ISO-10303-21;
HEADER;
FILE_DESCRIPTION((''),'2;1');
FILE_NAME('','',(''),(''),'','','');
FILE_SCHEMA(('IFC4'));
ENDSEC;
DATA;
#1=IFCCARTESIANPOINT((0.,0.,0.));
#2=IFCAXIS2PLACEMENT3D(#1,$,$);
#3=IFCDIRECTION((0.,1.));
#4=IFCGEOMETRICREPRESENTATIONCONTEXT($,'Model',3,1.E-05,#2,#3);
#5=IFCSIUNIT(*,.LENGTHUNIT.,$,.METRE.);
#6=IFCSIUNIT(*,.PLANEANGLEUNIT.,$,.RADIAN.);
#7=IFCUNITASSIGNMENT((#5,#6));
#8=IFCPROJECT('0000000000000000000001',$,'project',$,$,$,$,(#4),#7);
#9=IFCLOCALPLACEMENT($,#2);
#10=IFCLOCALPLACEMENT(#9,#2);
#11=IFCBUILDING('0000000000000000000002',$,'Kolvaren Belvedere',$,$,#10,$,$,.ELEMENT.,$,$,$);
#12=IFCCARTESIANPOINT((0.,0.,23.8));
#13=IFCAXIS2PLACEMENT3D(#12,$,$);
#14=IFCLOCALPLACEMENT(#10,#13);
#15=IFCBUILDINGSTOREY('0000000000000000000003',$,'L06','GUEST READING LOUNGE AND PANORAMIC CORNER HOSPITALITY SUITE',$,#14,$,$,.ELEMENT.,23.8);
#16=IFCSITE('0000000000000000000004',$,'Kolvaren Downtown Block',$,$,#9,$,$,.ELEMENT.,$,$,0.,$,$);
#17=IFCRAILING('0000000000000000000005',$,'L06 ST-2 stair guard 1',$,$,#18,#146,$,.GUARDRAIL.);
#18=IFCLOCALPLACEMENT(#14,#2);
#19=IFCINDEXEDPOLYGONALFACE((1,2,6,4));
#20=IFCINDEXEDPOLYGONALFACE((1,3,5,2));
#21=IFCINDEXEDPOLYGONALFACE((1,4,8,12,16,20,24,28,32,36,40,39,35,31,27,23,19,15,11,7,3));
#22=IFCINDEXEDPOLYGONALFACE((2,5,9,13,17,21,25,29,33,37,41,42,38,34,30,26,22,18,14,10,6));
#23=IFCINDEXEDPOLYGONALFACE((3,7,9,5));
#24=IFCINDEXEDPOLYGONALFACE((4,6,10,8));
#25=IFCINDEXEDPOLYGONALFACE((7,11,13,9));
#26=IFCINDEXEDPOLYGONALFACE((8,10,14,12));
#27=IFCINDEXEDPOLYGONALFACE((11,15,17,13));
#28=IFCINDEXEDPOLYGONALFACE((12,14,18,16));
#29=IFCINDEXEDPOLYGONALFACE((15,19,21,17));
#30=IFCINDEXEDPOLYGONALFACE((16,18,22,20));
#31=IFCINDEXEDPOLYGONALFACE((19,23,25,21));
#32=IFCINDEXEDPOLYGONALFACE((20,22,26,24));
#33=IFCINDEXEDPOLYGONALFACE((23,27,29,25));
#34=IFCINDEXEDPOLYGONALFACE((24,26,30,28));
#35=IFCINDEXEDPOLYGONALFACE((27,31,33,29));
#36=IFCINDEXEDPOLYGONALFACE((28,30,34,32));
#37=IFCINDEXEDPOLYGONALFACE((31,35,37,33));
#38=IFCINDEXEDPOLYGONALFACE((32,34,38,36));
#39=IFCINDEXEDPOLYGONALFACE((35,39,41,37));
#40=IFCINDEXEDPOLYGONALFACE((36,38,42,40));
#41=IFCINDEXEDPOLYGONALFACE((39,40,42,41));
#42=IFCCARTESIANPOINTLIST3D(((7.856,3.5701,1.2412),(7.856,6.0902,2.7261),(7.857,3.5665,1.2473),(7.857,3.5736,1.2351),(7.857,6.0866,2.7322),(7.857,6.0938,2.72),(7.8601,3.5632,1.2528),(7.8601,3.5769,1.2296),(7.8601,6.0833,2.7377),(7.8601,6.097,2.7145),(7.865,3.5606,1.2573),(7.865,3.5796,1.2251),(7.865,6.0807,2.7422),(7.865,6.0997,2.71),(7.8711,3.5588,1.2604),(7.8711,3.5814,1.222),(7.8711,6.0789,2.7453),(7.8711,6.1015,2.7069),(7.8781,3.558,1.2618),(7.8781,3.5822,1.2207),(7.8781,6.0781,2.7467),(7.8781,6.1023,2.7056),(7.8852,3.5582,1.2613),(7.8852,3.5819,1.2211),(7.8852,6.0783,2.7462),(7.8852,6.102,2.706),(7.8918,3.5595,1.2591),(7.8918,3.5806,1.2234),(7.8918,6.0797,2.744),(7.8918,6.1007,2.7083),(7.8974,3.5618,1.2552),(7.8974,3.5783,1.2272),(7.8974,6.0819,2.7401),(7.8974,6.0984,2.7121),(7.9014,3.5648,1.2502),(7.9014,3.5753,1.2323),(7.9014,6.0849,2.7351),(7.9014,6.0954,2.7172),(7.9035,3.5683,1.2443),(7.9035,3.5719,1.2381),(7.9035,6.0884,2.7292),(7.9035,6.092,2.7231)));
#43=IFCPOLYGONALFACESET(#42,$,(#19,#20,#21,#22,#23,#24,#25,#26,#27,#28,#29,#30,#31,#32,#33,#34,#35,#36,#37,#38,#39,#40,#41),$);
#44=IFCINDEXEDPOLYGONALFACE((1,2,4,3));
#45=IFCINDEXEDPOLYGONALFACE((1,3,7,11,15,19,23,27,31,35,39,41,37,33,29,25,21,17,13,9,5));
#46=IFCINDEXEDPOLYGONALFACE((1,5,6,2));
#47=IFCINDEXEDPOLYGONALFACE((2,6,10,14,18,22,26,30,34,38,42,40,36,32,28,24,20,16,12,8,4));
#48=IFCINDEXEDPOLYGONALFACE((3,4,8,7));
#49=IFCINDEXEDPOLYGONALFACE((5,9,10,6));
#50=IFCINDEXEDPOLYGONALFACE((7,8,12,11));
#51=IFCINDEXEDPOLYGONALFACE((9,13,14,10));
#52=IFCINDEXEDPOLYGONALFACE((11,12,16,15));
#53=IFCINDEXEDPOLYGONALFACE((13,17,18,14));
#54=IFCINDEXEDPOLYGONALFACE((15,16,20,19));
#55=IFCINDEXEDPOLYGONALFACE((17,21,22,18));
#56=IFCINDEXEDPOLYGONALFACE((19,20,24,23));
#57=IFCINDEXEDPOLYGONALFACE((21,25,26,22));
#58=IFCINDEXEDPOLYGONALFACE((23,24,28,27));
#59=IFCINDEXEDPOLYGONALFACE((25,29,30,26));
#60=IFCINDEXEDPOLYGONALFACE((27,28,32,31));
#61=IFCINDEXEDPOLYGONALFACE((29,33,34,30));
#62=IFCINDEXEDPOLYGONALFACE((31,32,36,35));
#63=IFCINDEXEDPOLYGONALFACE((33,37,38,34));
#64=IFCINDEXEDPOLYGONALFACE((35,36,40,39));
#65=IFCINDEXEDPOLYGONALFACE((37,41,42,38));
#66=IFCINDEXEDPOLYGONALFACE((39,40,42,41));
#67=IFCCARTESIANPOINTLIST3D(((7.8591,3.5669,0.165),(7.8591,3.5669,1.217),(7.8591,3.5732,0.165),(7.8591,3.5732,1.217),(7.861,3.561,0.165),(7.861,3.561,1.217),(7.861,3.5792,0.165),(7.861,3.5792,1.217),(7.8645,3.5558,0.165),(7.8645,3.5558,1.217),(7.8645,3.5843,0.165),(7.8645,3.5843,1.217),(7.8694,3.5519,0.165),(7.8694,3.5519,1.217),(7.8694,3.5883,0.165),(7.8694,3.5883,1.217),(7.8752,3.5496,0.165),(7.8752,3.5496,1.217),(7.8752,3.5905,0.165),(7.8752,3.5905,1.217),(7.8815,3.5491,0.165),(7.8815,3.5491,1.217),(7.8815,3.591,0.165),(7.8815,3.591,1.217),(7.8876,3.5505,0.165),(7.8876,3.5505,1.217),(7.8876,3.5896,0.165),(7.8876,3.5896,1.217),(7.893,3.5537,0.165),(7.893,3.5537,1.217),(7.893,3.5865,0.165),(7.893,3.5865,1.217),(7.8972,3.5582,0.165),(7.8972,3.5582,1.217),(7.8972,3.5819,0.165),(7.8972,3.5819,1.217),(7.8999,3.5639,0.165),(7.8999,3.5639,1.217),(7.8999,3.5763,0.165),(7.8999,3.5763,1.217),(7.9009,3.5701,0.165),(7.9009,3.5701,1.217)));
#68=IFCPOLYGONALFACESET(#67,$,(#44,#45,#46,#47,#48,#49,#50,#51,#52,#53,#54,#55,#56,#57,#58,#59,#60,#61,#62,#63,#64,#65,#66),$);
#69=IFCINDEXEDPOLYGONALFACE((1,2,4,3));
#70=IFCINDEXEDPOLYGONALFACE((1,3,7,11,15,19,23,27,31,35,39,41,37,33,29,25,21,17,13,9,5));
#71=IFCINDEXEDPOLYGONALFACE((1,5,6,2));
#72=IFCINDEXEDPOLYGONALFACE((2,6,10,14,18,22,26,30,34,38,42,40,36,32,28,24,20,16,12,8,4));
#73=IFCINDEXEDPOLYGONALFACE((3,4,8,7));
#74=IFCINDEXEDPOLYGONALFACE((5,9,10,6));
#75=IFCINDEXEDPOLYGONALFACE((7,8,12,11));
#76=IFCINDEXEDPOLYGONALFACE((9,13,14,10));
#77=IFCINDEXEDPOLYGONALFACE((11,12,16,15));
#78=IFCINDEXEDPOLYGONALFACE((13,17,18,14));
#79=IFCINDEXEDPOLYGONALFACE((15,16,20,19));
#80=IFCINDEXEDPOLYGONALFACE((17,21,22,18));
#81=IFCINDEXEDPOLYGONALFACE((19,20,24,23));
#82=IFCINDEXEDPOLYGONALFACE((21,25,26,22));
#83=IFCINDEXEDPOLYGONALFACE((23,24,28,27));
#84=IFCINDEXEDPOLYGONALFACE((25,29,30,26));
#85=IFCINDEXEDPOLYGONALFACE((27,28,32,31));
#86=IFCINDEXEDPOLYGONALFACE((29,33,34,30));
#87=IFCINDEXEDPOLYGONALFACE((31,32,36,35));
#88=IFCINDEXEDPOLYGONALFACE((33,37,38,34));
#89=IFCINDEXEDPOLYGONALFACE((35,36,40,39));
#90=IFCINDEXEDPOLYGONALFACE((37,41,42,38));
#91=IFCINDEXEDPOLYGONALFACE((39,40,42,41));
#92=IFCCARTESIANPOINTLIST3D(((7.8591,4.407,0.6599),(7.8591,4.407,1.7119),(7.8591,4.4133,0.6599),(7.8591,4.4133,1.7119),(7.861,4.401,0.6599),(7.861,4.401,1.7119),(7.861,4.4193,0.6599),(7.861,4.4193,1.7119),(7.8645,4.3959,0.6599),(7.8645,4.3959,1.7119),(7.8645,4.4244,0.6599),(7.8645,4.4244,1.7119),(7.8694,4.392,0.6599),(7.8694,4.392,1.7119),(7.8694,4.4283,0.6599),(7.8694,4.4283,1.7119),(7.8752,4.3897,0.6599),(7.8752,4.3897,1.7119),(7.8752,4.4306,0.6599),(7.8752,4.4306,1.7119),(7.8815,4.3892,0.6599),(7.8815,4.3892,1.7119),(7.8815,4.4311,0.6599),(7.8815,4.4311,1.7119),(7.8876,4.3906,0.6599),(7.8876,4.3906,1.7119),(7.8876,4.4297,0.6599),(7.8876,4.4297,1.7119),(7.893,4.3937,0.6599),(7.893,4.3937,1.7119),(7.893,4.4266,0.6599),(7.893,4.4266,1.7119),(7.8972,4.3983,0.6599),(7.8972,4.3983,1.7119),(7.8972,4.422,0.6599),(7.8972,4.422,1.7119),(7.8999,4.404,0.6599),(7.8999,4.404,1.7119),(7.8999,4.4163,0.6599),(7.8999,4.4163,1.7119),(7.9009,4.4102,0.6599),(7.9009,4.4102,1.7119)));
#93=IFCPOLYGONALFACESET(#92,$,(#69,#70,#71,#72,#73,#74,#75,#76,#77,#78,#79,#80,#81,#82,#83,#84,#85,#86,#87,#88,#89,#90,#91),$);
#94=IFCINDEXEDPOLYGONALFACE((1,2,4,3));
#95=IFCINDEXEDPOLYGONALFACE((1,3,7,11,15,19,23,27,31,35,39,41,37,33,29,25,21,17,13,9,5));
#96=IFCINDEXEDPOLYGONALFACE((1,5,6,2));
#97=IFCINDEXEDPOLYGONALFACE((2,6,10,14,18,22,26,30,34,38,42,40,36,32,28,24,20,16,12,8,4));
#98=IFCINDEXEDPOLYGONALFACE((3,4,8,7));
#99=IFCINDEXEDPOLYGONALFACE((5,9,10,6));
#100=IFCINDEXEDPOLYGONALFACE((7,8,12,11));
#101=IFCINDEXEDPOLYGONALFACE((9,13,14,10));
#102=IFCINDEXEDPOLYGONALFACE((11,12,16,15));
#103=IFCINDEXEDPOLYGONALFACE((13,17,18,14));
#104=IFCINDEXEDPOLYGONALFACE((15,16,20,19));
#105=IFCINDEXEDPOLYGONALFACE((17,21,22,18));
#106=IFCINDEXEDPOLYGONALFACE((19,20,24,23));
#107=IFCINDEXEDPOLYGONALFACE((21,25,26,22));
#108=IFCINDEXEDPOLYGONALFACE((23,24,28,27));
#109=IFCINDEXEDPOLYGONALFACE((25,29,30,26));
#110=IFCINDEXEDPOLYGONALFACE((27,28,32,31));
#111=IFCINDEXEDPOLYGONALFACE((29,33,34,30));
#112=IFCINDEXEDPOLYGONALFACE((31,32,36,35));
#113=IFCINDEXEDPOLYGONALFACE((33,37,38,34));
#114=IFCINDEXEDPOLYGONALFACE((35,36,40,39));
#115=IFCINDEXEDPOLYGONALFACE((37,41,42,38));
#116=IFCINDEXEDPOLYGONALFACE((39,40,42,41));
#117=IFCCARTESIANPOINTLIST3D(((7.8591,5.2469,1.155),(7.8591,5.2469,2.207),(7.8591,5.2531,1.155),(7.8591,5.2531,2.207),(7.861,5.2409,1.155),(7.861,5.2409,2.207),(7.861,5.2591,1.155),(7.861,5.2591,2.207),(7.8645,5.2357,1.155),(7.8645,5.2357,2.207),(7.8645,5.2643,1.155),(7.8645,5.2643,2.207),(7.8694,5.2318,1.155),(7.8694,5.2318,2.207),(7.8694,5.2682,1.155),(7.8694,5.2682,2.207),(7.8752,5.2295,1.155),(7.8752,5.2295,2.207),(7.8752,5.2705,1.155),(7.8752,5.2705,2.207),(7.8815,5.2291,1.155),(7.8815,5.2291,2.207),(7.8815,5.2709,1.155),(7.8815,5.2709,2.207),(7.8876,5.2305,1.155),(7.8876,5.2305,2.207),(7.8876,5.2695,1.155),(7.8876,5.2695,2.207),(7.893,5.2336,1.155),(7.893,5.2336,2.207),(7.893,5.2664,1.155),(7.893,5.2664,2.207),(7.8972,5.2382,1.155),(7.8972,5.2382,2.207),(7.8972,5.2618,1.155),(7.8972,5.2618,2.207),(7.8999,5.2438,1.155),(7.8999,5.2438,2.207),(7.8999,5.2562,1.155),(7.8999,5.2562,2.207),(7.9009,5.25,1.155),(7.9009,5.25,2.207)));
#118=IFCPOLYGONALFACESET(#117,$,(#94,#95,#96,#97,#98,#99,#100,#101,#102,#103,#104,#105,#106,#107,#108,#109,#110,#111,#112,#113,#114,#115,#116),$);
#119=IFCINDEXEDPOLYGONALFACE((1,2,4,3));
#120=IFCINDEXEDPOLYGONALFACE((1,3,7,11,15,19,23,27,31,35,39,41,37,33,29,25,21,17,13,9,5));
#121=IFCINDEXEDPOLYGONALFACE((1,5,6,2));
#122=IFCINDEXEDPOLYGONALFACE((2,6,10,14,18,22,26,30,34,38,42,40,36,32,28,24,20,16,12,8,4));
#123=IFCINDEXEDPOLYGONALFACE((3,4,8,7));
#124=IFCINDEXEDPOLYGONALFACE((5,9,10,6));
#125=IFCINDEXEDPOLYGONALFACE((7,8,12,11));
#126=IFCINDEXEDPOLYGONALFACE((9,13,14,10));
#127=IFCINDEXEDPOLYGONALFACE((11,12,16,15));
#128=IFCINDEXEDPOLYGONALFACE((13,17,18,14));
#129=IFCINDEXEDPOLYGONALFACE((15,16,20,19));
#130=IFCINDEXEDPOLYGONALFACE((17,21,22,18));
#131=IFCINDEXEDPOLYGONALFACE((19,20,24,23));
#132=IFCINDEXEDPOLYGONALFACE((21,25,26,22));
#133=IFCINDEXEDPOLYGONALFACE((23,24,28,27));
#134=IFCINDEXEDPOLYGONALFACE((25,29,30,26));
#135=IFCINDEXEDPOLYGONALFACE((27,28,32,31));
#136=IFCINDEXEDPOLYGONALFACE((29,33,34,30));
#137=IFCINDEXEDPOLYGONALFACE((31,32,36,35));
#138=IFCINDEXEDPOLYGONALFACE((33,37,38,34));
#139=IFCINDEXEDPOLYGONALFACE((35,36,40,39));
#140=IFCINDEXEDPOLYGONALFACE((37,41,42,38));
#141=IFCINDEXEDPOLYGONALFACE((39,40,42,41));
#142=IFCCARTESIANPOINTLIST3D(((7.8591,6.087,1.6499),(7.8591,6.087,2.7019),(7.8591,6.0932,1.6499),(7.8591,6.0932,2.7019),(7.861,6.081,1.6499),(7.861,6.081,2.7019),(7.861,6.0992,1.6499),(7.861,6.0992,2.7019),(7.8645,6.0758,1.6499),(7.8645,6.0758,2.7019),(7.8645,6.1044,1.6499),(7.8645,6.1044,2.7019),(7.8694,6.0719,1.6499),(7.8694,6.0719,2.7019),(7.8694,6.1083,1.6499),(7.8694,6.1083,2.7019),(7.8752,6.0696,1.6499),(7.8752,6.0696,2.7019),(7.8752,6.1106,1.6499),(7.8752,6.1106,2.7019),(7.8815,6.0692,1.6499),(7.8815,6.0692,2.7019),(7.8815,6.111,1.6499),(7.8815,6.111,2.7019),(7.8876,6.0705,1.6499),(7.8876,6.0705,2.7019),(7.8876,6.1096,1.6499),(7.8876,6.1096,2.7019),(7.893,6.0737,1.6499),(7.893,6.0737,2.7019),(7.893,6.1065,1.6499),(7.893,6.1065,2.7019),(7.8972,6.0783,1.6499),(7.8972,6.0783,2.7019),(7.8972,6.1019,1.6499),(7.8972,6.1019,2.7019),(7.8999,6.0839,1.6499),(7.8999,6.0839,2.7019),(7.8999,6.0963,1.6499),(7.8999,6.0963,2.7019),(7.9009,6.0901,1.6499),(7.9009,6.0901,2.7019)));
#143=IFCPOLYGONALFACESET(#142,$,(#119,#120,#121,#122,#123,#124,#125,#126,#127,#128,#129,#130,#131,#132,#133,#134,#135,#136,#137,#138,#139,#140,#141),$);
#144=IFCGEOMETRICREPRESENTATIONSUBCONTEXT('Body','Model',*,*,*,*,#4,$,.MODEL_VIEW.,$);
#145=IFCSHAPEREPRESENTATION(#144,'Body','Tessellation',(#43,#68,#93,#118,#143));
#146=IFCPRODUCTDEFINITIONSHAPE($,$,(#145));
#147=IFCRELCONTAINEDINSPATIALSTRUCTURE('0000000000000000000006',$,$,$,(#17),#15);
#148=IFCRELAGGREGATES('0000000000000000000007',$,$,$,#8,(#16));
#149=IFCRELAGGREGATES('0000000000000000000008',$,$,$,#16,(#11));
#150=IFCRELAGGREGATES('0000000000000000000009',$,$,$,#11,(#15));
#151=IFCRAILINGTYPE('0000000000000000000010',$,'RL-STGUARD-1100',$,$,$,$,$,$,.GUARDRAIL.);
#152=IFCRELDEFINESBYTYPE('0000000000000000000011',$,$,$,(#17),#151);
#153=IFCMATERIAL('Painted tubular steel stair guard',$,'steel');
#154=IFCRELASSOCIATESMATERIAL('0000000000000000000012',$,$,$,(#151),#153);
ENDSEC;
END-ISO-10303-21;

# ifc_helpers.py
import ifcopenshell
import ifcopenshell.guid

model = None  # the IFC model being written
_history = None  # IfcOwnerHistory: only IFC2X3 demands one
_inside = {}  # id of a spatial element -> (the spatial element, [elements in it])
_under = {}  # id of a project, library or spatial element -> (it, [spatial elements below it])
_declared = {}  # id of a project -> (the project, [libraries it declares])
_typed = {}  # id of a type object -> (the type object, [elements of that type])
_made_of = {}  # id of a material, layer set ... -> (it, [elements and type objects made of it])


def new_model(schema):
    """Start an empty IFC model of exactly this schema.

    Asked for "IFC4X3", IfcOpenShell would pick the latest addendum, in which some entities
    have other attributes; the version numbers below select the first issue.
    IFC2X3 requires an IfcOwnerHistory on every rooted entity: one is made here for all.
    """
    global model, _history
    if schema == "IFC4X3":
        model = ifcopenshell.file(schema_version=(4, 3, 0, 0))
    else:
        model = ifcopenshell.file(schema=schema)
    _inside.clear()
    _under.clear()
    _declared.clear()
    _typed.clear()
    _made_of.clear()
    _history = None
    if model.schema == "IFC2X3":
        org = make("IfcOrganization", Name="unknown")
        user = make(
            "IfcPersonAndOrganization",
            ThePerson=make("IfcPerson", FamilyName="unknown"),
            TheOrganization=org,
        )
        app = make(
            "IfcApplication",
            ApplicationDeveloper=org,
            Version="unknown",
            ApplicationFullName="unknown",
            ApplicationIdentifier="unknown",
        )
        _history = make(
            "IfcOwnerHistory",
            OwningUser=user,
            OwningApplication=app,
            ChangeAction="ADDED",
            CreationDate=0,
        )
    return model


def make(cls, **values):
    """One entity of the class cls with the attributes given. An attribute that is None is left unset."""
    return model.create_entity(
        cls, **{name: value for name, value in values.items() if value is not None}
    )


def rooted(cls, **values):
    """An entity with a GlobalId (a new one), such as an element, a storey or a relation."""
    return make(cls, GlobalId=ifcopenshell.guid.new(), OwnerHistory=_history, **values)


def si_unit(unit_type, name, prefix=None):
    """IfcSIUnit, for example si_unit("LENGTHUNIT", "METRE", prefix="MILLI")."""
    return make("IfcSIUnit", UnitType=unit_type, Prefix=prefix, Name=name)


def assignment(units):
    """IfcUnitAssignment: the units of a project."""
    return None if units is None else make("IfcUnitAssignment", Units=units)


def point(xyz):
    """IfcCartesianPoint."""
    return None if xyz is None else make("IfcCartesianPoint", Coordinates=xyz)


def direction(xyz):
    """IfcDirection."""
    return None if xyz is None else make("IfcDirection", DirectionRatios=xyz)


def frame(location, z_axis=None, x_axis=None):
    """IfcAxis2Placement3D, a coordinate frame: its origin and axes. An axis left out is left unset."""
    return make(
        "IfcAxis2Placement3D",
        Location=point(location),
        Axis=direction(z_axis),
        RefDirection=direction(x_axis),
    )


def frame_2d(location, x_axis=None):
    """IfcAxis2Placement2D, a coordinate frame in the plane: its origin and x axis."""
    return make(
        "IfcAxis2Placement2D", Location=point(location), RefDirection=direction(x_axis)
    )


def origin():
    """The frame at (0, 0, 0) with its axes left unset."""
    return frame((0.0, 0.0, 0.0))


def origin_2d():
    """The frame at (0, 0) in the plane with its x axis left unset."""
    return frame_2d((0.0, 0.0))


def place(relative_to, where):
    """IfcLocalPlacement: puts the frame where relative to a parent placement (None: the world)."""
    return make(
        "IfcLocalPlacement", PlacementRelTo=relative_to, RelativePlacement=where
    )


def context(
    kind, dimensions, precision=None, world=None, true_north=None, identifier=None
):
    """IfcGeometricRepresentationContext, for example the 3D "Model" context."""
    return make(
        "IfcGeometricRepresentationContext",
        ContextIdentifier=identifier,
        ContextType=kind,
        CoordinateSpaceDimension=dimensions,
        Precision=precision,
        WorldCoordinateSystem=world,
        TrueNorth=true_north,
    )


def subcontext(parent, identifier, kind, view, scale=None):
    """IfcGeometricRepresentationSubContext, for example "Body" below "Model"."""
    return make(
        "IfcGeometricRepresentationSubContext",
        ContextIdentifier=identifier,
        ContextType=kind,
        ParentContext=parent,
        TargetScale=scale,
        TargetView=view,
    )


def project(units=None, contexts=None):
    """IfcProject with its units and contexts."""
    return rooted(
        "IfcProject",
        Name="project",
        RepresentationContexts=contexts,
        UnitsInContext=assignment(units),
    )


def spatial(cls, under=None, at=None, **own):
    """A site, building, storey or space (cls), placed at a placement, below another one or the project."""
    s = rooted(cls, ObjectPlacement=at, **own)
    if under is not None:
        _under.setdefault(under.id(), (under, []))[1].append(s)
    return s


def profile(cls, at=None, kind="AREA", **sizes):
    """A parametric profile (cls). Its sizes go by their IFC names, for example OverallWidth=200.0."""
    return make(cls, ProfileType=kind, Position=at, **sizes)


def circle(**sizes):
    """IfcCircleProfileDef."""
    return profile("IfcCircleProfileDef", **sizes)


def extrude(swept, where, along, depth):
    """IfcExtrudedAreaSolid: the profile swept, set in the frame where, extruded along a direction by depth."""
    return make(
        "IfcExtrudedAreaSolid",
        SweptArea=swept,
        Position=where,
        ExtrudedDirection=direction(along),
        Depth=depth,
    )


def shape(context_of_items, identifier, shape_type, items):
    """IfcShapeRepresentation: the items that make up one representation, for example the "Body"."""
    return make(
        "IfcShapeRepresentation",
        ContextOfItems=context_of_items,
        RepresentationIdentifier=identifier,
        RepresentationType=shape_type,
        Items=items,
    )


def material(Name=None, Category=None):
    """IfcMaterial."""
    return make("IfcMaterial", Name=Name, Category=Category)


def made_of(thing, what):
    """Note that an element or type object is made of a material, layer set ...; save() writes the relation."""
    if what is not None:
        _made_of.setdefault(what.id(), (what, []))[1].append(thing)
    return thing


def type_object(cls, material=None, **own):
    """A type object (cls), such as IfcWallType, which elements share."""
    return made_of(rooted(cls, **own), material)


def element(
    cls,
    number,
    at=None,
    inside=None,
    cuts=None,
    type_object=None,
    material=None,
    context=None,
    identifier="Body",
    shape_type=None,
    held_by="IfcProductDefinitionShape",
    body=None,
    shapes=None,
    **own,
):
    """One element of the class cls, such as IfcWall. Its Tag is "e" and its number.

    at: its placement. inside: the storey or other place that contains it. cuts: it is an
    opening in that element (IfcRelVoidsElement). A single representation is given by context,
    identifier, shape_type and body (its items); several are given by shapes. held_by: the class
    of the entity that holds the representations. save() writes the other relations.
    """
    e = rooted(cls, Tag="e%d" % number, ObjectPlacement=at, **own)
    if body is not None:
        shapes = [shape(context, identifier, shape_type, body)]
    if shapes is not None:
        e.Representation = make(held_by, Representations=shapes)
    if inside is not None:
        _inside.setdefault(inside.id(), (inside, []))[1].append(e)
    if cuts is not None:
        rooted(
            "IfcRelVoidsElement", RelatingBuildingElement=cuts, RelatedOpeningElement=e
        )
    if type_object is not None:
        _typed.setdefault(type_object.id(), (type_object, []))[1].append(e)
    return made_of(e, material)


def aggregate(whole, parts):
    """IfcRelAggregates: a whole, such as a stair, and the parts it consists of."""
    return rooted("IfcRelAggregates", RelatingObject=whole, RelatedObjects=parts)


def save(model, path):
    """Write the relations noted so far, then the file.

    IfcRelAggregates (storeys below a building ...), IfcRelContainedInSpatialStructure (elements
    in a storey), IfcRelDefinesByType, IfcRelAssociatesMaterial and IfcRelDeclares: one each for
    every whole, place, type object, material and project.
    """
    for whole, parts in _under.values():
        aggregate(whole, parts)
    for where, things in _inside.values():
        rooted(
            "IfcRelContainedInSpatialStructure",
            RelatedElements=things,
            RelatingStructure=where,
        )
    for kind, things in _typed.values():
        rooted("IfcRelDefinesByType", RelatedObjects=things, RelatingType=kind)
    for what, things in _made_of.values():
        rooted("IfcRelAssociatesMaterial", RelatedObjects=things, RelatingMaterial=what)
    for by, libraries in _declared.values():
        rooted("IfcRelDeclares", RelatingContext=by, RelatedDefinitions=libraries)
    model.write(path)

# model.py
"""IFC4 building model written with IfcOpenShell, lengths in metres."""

from ifc_helpers import new_model, si_unit, direction, frame, origin, origin_2d, place, context, subcontext, project, spatial, circle, extrude, material, type_object, element, save


model = new_model("IFC4")

# Units and contexts
model_context = context("Model", 3, precision=1e-05, world=origin(), true_north=direction((0.0, 1.0)))
body_context = subcontext(model_context, "Body", "Model", "MODEL_VIEW")
ifc_project = project(units=[si_unit("LENGTHUNIT", "METRE"), si_unit("PLANEANGLEUNIT", "RADIAN")], contexts=[model_context])

# Site, building, storey
site_placement = place(None, origin())
site = spatial("IfcSite", under=ifc_project, at=site_placement, Name="Kolvaren Downtown Block", CompositionType="ELEMENT", RefElevation=0.0)
building_placement = place(site_placement, origin())
building = spatial("IfcBuilding", under=site, at=building_placement, Name="Kolvaren Belvedere", CompositionType="ELEMENT")
storey_placement = place(building_placement, frame((0.0, 0.0, 23.8)))
storey = spatial("IfcBuildingStorey", under=building, at=storey_placement, Name="L06", Description="GUEST READING LOUNGE AND PANORAMIC CORNER HOSPITALITY SUITE", CompositionType="ELEMENT", Elevation=23.8)

# Railing
ifc_material_1 = material(Name="Painted tubular steel stair guard", Category="steel")
railing_type_1 = type_object("IfcRailingType", Name="RL-STGUARD-1100", PredefinedType="GUARDRAIL", material=ifc_material_1)
railing_1_placement = place(storey_placement, frame((7.8799, 3.5701, 0.165)))
element("IfcRailing", 1, at=railing_1_placement, inside=storey, type_object=railing_type_1, Name="L06 ST-2 stair guard 1", PredefinedType="GUARDRAIL", context=body_context, shape_type="SweptSolid", body=[
    extrude(circle(Radius=0.0239, at=origin_2d()), frame((0.0, 0.0, 1.0762), z_axis=(0.0, 0.861561, 0.507655), x_axis=(-1.0, 0.0, 0.0)), (0.0, 0.0, 1.0), 2.925),
    extrude(circle(Radius=0.021, at=origin_2d()), origin(), (0.0, 0.0, 1.0), 1.052),
    extrude(circle(Radius=0.021, at=origin_2d()), frame((0.0, 0.8401, 0.4949)), (0.0, 0.0, 1.0), 1.052),
    extrude(circle(Radius=0.021, at=origin_2d()), frame((0.0, 1.6799, 0.99)), (0.0, 0.0, 1.0), 1.052),
    extrude(circle(Radius=0.021, at=origin_2d()), frame((0.0, 2.52, 1.4849)), (0.0, 0.0, 1.0), 1.052),
])

save(model, "model.ifc")
